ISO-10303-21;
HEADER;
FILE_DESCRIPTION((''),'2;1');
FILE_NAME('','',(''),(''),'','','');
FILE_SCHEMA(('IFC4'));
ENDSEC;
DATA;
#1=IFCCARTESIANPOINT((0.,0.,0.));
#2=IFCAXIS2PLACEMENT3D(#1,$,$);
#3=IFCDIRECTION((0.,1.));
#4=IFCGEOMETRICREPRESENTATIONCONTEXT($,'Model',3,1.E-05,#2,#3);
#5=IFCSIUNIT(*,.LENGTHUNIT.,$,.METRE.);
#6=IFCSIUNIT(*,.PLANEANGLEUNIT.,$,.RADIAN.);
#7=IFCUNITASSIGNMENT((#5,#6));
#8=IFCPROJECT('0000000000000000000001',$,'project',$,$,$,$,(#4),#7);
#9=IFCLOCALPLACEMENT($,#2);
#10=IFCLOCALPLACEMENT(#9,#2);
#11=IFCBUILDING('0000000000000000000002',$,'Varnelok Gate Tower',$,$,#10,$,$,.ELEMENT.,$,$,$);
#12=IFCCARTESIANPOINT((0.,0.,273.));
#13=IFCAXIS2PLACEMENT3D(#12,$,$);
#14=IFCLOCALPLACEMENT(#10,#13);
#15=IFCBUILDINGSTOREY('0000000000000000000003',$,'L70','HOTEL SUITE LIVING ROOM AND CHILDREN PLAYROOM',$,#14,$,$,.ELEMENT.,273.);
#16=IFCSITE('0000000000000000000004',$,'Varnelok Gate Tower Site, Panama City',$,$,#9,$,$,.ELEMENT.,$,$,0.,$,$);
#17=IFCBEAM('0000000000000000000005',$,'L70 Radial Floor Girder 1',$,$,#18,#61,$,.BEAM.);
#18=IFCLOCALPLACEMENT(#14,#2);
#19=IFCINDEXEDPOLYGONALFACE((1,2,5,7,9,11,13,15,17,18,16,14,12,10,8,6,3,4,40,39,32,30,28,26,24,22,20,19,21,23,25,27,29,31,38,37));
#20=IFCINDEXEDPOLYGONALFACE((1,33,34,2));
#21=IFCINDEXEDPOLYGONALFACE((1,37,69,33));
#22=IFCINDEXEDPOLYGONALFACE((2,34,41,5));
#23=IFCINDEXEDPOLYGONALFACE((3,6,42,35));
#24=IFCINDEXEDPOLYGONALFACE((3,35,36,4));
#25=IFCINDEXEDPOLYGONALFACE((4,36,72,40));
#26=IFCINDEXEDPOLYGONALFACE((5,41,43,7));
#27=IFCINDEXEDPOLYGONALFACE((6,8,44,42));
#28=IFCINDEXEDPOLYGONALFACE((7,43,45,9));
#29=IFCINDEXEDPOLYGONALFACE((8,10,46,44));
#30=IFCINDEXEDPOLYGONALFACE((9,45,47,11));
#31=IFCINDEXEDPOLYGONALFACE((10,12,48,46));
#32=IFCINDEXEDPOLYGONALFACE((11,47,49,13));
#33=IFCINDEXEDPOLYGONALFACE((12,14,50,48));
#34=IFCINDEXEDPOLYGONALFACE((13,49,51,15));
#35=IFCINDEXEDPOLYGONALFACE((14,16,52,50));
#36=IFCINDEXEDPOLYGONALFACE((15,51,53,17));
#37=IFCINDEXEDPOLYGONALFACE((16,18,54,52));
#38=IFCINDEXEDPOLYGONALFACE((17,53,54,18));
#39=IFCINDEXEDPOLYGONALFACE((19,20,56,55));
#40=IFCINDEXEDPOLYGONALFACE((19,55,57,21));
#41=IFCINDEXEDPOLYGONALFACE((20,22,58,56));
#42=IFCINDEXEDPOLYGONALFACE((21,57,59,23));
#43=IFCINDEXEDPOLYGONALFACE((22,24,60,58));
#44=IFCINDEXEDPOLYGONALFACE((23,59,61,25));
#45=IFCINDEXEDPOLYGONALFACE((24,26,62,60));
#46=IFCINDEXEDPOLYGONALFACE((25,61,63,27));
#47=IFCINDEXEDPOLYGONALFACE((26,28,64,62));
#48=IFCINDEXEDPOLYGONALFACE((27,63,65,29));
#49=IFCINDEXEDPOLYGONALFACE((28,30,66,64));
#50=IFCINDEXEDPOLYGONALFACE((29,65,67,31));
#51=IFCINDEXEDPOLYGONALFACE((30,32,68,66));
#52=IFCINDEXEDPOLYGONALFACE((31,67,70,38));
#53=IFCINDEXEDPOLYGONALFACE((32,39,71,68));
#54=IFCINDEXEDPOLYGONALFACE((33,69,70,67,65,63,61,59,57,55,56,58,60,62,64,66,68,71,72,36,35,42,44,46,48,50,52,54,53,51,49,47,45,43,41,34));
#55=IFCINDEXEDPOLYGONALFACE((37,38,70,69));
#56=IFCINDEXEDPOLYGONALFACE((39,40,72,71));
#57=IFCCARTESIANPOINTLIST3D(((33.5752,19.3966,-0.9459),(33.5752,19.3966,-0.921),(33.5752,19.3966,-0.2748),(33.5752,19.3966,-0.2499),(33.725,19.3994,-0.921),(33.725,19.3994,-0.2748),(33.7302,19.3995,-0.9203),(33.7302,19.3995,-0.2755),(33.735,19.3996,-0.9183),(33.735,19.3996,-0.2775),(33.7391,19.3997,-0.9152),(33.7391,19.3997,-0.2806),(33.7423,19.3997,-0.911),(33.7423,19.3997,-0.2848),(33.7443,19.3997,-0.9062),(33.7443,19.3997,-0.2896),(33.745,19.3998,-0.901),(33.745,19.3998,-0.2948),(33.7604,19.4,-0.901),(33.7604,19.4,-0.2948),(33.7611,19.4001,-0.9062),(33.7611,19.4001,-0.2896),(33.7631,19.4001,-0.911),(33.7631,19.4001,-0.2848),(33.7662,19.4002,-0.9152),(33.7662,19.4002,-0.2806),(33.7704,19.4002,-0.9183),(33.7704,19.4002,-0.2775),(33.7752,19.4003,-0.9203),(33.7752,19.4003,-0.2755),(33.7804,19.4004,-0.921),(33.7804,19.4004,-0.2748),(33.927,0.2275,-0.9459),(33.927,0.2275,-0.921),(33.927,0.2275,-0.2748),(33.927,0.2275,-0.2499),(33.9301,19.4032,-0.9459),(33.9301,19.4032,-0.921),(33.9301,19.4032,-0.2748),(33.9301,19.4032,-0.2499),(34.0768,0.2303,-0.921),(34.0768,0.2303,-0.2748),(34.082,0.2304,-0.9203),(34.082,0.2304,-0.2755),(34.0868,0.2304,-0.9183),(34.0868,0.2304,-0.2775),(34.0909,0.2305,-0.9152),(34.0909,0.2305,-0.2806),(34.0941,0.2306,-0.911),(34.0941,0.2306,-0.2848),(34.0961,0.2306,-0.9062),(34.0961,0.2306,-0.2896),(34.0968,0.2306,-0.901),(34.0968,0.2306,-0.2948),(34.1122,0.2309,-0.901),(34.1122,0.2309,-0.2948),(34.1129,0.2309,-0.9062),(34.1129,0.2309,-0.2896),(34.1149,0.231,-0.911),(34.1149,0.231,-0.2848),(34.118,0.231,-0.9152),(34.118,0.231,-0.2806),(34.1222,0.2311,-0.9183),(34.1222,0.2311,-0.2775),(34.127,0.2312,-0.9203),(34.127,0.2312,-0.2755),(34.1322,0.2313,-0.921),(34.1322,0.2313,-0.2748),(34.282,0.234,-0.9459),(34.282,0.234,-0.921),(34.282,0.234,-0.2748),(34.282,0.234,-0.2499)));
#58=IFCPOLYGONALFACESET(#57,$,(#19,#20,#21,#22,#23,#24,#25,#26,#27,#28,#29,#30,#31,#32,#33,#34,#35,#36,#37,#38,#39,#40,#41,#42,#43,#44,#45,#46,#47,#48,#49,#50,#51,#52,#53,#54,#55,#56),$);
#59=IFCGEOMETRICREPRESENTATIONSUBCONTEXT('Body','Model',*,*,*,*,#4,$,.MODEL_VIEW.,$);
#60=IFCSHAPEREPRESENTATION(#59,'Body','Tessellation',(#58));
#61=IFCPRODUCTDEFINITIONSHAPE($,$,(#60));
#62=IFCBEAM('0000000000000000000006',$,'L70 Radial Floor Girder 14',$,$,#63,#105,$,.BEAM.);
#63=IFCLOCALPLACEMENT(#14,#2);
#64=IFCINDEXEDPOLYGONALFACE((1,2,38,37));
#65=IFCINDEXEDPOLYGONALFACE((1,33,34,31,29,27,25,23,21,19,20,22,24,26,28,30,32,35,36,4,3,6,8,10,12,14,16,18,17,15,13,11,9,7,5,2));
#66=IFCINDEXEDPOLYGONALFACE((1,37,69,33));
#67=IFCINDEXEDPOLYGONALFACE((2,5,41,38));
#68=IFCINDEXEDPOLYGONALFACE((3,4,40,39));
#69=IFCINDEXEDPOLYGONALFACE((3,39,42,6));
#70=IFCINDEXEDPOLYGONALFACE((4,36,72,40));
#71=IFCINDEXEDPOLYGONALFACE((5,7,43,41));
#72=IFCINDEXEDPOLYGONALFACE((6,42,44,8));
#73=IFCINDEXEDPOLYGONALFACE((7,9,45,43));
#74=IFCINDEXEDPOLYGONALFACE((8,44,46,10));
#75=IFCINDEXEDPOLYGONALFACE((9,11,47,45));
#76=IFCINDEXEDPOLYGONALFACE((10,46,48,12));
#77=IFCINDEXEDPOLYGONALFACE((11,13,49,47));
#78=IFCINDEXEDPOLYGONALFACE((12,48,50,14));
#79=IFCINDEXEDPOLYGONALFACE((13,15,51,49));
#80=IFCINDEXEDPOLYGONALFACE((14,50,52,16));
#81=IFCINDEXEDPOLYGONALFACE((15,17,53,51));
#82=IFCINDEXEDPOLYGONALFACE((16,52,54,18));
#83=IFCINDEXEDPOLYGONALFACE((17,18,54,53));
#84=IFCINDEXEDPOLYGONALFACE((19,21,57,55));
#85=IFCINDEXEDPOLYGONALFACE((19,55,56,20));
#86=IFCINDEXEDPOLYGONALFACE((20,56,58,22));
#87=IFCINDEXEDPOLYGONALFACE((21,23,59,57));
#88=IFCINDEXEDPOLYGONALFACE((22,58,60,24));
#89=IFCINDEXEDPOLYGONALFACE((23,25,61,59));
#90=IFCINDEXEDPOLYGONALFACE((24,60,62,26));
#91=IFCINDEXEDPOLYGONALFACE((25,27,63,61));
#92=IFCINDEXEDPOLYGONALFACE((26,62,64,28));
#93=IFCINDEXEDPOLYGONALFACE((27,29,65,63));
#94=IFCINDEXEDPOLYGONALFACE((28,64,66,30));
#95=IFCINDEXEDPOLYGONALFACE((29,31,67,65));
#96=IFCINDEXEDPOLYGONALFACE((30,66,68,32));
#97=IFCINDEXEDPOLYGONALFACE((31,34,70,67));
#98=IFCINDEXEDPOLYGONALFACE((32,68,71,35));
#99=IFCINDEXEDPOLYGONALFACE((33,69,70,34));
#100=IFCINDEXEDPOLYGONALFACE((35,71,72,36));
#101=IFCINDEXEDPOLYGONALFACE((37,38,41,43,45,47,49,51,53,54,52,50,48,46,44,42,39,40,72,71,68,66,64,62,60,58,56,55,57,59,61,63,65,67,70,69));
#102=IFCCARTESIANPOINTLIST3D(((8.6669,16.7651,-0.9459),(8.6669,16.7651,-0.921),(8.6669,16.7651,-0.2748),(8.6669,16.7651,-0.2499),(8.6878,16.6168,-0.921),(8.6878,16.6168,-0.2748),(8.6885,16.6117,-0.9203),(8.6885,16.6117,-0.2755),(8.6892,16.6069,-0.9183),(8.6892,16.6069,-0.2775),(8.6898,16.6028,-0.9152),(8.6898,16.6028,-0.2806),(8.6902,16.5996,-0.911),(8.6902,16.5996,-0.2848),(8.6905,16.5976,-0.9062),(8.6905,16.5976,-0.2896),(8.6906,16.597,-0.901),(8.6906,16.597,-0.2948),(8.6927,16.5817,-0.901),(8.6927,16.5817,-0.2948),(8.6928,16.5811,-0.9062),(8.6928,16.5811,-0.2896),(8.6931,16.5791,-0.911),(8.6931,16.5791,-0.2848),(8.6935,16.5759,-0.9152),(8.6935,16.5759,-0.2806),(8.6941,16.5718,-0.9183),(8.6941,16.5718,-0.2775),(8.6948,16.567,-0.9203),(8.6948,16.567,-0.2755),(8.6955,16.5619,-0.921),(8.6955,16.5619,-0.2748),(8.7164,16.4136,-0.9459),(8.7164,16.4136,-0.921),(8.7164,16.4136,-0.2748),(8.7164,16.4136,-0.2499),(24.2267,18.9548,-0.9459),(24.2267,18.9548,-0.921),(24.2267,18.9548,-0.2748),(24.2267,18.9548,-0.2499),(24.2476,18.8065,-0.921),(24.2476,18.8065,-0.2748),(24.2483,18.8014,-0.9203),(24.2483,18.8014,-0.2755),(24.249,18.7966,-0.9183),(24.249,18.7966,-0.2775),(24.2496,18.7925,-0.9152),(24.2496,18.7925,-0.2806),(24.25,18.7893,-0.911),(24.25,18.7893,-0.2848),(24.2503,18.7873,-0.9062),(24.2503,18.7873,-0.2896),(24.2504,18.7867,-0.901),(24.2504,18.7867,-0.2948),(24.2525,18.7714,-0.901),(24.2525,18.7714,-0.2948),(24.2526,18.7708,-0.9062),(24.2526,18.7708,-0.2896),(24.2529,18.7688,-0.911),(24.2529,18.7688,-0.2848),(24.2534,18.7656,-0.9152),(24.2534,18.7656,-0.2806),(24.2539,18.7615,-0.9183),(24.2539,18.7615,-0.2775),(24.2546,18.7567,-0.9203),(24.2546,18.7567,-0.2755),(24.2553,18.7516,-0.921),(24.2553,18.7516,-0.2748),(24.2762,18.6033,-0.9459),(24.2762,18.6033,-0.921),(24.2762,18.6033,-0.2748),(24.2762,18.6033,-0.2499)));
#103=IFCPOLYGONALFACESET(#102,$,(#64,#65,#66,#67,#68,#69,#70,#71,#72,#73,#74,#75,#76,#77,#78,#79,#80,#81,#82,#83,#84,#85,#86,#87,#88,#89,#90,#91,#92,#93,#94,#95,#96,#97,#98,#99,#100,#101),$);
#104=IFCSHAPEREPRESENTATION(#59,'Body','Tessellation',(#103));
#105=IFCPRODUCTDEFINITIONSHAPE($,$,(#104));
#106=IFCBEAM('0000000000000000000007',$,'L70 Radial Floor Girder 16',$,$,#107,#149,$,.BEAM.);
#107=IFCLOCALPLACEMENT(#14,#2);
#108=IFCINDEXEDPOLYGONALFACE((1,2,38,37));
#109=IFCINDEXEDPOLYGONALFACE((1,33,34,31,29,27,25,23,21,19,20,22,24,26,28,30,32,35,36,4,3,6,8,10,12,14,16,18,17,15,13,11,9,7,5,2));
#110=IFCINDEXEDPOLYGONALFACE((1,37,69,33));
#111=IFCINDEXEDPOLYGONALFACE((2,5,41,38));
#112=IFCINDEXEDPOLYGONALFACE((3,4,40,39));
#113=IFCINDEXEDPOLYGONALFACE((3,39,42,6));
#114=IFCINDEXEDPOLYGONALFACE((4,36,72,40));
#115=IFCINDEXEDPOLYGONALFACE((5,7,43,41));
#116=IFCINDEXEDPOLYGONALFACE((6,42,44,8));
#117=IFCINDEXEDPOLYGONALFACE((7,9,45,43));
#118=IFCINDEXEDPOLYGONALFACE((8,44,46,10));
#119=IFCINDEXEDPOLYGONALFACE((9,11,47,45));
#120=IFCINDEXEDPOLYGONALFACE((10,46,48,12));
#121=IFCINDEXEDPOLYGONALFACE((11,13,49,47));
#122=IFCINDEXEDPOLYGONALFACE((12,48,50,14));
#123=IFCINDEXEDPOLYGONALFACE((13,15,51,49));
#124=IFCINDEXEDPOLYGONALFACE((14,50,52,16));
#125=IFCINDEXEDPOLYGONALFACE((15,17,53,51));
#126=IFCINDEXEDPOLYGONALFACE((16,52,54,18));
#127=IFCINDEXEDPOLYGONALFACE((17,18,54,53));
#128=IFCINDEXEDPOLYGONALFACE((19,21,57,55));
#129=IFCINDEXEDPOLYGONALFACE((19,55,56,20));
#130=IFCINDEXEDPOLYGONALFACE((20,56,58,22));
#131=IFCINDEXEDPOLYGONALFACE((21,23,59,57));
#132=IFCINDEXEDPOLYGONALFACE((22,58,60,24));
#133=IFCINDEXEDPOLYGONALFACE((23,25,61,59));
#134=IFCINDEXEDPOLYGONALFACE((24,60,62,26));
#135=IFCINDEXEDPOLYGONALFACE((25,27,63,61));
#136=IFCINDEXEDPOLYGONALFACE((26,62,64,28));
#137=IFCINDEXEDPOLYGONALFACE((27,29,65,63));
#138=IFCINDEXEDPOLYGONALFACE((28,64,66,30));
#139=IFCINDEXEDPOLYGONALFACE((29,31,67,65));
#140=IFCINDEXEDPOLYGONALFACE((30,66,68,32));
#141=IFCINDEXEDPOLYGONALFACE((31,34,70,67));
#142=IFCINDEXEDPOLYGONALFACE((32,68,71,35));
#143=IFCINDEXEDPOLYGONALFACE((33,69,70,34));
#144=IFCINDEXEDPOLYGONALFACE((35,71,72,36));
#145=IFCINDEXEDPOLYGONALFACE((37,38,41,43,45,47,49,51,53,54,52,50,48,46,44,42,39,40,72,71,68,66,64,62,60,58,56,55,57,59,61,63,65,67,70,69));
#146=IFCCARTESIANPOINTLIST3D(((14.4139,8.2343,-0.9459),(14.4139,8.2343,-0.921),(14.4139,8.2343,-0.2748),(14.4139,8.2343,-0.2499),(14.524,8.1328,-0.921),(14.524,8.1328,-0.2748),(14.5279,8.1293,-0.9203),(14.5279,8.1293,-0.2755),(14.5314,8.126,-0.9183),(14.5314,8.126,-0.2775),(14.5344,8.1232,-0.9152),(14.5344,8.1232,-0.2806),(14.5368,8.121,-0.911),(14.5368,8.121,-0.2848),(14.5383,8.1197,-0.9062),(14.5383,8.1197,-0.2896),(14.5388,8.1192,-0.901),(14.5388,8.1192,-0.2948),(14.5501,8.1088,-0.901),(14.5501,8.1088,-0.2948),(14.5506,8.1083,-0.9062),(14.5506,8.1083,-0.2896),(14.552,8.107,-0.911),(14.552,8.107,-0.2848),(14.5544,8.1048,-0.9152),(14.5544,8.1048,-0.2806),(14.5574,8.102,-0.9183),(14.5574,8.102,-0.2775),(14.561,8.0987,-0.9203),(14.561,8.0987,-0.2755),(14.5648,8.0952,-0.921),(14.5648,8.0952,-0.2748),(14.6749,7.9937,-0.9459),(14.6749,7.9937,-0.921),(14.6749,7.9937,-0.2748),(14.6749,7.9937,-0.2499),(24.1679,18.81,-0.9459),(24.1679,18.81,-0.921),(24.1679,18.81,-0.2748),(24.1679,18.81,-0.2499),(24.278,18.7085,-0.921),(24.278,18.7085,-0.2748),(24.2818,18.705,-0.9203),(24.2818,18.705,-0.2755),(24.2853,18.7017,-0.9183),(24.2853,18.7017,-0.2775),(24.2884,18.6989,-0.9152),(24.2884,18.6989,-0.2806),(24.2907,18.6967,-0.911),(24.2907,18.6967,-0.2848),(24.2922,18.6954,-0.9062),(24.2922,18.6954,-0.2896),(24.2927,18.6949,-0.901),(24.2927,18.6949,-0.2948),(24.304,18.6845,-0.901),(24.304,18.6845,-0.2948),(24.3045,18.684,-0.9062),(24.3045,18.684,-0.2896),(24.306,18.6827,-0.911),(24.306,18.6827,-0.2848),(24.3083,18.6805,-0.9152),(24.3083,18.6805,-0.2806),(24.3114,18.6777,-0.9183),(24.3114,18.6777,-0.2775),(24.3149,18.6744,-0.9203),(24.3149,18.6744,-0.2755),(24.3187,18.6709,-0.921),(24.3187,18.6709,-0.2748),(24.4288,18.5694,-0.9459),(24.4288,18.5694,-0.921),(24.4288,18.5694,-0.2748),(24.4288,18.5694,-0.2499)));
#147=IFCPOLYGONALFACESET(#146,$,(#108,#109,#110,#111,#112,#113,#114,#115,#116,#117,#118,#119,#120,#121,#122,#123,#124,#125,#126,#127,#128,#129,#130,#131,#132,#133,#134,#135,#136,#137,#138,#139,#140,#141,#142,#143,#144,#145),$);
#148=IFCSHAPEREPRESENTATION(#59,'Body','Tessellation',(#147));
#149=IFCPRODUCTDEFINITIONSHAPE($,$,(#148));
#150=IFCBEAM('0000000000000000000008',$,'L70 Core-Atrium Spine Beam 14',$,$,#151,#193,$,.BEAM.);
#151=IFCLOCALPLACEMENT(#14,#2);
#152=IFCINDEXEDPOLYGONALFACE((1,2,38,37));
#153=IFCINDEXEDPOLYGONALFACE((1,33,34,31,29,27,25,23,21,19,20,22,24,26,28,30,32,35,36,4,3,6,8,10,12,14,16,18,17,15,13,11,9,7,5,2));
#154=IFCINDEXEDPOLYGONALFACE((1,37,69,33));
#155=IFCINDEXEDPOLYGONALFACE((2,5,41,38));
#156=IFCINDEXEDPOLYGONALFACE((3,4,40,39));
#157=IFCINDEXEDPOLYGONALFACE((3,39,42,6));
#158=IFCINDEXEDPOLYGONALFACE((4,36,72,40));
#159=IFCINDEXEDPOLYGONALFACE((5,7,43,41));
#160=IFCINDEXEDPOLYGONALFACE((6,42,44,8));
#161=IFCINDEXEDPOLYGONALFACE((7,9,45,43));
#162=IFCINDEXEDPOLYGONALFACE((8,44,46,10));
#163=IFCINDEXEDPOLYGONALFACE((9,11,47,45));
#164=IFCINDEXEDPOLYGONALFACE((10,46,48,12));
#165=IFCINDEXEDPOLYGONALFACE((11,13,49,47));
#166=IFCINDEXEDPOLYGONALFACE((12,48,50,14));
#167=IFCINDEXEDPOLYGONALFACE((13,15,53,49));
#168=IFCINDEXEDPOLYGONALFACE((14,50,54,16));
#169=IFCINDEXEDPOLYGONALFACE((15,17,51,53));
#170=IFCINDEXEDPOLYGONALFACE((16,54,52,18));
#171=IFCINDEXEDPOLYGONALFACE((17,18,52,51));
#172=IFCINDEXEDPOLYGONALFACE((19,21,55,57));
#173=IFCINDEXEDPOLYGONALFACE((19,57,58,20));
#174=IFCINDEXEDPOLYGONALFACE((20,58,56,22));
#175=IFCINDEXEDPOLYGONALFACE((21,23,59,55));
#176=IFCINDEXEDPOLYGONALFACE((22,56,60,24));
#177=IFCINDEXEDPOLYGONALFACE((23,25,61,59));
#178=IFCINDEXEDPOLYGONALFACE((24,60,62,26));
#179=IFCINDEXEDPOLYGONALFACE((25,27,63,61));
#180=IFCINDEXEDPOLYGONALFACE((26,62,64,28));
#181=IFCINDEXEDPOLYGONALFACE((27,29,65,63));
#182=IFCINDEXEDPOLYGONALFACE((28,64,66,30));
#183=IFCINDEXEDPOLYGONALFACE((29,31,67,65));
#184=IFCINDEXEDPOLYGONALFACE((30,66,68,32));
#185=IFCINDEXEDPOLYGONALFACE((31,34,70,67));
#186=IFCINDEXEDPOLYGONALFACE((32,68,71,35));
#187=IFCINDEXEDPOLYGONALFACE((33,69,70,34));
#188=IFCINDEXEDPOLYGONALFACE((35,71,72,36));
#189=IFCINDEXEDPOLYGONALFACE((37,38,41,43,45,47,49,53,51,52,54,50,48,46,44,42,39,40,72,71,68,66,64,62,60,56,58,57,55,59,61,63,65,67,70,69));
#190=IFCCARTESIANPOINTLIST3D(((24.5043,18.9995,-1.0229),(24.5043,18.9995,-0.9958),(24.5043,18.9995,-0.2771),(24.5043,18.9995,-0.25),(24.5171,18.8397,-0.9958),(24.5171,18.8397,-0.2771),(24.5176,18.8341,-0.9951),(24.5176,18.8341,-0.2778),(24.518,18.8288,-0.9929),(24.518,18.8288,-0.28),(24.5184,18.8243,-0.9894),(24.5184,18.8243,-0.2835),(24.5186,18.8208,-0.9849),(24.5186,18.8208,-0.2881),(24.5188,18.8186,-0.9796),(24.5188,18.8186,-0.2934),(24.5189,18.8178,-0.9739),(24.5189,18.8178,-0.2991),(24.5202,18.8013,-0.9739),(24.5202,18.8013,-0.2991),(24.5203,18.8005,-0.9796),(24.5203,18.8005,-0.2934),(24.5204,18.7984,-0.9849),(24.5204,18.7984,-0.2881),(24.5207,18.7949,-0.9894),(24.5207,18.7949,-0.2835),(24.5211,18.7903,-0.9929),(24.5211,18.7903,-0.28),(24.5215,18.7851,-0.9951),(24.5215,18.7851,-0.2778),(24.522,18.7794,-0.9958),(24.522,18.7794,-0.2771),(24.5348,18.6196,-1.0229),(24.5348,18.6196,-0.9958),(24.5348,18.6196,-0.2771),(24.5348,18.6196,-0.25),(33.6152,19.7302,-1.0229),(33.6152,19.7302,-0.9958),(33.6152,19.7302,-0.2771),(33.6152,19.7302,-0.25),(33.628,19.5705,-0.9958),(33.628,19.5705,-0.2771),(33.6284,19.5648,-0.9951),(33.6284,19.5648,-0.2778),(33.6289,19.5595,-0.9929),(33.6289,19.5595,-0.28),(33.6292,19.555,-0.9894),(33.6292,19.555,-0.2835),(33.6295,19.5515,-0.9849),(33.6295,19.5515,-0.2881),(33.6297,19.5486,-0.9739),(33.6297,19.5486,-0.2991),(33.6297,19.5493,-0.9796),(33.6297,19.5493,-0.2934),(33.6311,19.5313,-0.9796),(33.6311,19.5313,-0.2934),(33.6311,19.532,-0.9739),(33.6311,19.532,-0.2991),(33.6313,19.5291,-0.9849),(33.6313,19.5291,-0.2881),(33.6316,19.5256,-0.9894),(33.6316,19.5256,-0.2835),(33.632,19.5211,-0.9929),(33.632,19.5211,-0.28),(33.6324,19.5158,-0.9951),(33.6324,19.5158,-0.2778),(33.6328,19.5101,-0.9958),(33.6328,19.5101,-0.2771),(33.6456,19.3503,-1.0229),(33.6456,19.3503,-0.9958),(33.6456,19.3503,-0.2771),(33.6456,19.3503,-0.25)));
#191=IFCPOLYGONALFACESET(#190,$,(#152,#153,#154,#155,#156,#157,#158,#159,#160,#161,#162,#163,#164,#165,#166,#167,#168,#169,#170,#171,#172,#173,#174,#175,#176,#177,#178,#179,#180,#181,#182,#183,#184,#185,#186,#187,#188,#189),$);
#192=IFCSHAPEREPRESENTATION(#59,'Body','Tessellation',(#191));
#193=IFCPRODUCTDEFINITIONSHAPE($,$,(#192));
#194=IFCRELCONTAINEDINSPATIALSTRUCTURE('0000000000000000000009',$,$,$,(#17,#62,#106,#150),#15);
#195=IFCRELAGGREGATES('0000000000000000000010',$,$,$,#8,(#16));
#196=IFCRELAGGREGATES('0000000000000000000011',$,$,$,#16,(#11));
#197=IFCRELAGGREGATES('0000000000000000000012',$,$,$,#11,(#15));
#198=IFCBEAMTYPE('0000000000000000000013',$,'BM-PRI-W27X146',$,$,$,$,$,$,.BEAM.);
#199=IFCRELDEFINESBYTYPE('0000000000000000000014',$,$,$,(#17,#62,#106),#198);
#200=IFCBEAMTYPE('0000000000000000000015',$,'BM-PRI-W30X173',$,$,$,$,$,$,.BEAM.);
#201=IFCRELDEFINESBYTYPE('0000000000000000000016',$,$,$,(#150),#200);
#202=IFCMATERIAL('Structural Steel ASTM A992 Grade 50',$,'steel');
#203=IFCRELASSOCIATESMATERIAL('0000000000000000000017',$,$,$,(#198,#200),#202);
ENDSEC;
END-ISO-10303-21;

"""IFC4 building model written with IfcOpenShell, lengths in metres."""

from ifc_helpers import new_model, si_unit, direction, frame, origin, origin_2d, place, context, subcontext, project, spatial, i_section, extrude, material, material_profile, profile_set, type_object, element, save


model = new_model("IFC4")

# Units and contexts
model_context = context("Model", 3, precision=1e-05, world=origin(), true_north=direction((0.0, 1.0)))
body_context = subcontext(model_context, "Body", "Model", "MODEL_VIEW")
ifc_project = project(units=[si_unit("LENGTHUNIT", "METRE"), si_unit("PLANEANGLEUNIT", "RADIAN")], contexts=[model_context])

# Site, building, storey
site_placement = place(None, origin())
site = spatial("IfcSite", under=ifc_project, at=site_placement, Name="Varnelok Gate Tower Site, Panama City", CompositionType="ELEMENT", RefElevation=0.0)
building_placement = place(site_placement, origin())
building = spatial("IfcBuilding", under=site, at=building_placement, Name="Varnelok Gate Tower", CompositionType="ELEMENT")
storey_placement = place(building_placement, frame((0.0, 0.0, 273.0)))
storey = spatial("IfcBuildingStorey", under=building, at=storey_placement, Name="L70", Description="HOTEL SUITE LIVING ROOM AND CHILDREN PLAYROOM", CompositionType="ELEMENT", Elevation=273.0)

# Shared definitions
ifc_material_1 = material(Name="Structural Steel ASTM A992 Grade 50", Category="steel")

# Beams
ifc_material_profile_1 = material_profile(ifc_material_1, i_section(OverallWidth=0.355, OverallDepth=0.696, WebThickness=0.0154, FlangeThickness=0.0249, FilletRadius=0.02, at=origin_2d()), Name="W27X146")
ifc_profile_set_1 = profile_set([ifc_material_profile_1], Name="Structural Steel ASTM A992 Grade 50")
beam_type_1 = type_object("IfcBeamType", Name="BM-PRI-W27X146", PredefinedType="BEAM", material=ifc_profile_set_1)
beam_1_placement = place(storey_placement, frame((33.7527, 19.3999, -0.5979), z_axis=(0.01835, -0.999832, 0.0), x_axis=(0.999832, 0.01835, 0.0)))
element("IfcBeam", 1, at=beam_1_placement, inside=storey, type_object=beam_type_1, Name="L70 Radial Floor Girder 1", PredefinedType="BEAM", context=body_context, shape_type="SweptSolid", body=[
    extrude(i_section(OverallWidth=0.355, OverallDepth=0.696, WebThickness=0.0154, FlangeThickness=0.0249, FilletRadius=0.02, at=origin_2d()), origin(), (0.0, 0.0, 1.0), 19.1724),
])
beam_2_placement = place(storey_placement, frame((24.2515, 18.7791, -0.5979), z_axis=(-0.990243, -0.139355, 0.0), x_axis=(0.139355, -0.990243, 0.0)))
element("IfcBeam", 2, at=beam_2_placement, inside=storey, type_object=beam_type_1, Name="L70 Radial Floor Girder 14", PredefinedType="BEAM", context=body_context, shape_type="SweptSolid", body=[
    extrude(i_section(OverallWidth=0.355, OverallDepth=0.696, WebThickness=0.0154, FlangeThickness=0.0249, FilletRadius=0.02, at=origin_2d()), origin(), (0.0, 0.0, 1.0), 15.7131),
])
beam_3_placement = place(storey_placement, frame((24.2983, 18.6897, -0.5979), z_axis=(-0.67797, -0.73509, 0.0), x_axis=(0.73509, -0.67797, 0.0)))
element("IfcBeam", 3, at=beam_3_placement, inside=storey, type_object=beam_type_1, Name="L70 Radial Floor Girder 16", PredefinedType="BEAM", context=body_context, shape_type="SweptSolid", body=[
    extrude(i_section(OverallWidth=0.355, OverallDepth=0.696, WebThickness=0.0154, FlangeThickness=0.0249, FilletRadius=0.02, at=origin_2d()), origin(), (0.0, 0.0, 1.0), 14.387),
])
ifc_material_profile_2 = material_profile(ifc_material_1, i_section(OverallWidth=0.3811, OverallDepth=0.7729, WebThickness=0.0166, FlangeThickness=0.0271, FilletRadius=0.022, at=origin_2d()), Name="W30X173")
ifc_profile_set_2 = profile_set([ifc_material_profile_2], Name="Structural Steel ASTM A992 Grade 50")
beam_type_2 = type_object("IfcBeamType", Name="BM-PRI-W30X173", PredefinedType="BEAM", material=ifc_profile_set_2)
beam_4_placement = place(storey_placement, frame((24.5195, 18.8096, -0.6365), z_axis=(0.996799, 0.079946, 0.0), x_axis=(-0.079946, 0.996799, 0.0)))
element("IfcBeam", 4, at=beam_4_placement, inside=storey, type_object=beam_type_2, Name="L70 Core-Atrium Spine Beam 14", PredefinedType="BEAM", context=body_context, shape_type="SweptSolid", body=[
    extrude(i_section(OverallWidth=0.3811, OverallDepth=0.7729, WebThickness=0.0166, FlangeThickness=0.0271, FilletRadius=0.022, at=origin_2d()), origin(), (0.0, 0.0, 1.0), 9.1401),
])

save(model, "model.ifc")
